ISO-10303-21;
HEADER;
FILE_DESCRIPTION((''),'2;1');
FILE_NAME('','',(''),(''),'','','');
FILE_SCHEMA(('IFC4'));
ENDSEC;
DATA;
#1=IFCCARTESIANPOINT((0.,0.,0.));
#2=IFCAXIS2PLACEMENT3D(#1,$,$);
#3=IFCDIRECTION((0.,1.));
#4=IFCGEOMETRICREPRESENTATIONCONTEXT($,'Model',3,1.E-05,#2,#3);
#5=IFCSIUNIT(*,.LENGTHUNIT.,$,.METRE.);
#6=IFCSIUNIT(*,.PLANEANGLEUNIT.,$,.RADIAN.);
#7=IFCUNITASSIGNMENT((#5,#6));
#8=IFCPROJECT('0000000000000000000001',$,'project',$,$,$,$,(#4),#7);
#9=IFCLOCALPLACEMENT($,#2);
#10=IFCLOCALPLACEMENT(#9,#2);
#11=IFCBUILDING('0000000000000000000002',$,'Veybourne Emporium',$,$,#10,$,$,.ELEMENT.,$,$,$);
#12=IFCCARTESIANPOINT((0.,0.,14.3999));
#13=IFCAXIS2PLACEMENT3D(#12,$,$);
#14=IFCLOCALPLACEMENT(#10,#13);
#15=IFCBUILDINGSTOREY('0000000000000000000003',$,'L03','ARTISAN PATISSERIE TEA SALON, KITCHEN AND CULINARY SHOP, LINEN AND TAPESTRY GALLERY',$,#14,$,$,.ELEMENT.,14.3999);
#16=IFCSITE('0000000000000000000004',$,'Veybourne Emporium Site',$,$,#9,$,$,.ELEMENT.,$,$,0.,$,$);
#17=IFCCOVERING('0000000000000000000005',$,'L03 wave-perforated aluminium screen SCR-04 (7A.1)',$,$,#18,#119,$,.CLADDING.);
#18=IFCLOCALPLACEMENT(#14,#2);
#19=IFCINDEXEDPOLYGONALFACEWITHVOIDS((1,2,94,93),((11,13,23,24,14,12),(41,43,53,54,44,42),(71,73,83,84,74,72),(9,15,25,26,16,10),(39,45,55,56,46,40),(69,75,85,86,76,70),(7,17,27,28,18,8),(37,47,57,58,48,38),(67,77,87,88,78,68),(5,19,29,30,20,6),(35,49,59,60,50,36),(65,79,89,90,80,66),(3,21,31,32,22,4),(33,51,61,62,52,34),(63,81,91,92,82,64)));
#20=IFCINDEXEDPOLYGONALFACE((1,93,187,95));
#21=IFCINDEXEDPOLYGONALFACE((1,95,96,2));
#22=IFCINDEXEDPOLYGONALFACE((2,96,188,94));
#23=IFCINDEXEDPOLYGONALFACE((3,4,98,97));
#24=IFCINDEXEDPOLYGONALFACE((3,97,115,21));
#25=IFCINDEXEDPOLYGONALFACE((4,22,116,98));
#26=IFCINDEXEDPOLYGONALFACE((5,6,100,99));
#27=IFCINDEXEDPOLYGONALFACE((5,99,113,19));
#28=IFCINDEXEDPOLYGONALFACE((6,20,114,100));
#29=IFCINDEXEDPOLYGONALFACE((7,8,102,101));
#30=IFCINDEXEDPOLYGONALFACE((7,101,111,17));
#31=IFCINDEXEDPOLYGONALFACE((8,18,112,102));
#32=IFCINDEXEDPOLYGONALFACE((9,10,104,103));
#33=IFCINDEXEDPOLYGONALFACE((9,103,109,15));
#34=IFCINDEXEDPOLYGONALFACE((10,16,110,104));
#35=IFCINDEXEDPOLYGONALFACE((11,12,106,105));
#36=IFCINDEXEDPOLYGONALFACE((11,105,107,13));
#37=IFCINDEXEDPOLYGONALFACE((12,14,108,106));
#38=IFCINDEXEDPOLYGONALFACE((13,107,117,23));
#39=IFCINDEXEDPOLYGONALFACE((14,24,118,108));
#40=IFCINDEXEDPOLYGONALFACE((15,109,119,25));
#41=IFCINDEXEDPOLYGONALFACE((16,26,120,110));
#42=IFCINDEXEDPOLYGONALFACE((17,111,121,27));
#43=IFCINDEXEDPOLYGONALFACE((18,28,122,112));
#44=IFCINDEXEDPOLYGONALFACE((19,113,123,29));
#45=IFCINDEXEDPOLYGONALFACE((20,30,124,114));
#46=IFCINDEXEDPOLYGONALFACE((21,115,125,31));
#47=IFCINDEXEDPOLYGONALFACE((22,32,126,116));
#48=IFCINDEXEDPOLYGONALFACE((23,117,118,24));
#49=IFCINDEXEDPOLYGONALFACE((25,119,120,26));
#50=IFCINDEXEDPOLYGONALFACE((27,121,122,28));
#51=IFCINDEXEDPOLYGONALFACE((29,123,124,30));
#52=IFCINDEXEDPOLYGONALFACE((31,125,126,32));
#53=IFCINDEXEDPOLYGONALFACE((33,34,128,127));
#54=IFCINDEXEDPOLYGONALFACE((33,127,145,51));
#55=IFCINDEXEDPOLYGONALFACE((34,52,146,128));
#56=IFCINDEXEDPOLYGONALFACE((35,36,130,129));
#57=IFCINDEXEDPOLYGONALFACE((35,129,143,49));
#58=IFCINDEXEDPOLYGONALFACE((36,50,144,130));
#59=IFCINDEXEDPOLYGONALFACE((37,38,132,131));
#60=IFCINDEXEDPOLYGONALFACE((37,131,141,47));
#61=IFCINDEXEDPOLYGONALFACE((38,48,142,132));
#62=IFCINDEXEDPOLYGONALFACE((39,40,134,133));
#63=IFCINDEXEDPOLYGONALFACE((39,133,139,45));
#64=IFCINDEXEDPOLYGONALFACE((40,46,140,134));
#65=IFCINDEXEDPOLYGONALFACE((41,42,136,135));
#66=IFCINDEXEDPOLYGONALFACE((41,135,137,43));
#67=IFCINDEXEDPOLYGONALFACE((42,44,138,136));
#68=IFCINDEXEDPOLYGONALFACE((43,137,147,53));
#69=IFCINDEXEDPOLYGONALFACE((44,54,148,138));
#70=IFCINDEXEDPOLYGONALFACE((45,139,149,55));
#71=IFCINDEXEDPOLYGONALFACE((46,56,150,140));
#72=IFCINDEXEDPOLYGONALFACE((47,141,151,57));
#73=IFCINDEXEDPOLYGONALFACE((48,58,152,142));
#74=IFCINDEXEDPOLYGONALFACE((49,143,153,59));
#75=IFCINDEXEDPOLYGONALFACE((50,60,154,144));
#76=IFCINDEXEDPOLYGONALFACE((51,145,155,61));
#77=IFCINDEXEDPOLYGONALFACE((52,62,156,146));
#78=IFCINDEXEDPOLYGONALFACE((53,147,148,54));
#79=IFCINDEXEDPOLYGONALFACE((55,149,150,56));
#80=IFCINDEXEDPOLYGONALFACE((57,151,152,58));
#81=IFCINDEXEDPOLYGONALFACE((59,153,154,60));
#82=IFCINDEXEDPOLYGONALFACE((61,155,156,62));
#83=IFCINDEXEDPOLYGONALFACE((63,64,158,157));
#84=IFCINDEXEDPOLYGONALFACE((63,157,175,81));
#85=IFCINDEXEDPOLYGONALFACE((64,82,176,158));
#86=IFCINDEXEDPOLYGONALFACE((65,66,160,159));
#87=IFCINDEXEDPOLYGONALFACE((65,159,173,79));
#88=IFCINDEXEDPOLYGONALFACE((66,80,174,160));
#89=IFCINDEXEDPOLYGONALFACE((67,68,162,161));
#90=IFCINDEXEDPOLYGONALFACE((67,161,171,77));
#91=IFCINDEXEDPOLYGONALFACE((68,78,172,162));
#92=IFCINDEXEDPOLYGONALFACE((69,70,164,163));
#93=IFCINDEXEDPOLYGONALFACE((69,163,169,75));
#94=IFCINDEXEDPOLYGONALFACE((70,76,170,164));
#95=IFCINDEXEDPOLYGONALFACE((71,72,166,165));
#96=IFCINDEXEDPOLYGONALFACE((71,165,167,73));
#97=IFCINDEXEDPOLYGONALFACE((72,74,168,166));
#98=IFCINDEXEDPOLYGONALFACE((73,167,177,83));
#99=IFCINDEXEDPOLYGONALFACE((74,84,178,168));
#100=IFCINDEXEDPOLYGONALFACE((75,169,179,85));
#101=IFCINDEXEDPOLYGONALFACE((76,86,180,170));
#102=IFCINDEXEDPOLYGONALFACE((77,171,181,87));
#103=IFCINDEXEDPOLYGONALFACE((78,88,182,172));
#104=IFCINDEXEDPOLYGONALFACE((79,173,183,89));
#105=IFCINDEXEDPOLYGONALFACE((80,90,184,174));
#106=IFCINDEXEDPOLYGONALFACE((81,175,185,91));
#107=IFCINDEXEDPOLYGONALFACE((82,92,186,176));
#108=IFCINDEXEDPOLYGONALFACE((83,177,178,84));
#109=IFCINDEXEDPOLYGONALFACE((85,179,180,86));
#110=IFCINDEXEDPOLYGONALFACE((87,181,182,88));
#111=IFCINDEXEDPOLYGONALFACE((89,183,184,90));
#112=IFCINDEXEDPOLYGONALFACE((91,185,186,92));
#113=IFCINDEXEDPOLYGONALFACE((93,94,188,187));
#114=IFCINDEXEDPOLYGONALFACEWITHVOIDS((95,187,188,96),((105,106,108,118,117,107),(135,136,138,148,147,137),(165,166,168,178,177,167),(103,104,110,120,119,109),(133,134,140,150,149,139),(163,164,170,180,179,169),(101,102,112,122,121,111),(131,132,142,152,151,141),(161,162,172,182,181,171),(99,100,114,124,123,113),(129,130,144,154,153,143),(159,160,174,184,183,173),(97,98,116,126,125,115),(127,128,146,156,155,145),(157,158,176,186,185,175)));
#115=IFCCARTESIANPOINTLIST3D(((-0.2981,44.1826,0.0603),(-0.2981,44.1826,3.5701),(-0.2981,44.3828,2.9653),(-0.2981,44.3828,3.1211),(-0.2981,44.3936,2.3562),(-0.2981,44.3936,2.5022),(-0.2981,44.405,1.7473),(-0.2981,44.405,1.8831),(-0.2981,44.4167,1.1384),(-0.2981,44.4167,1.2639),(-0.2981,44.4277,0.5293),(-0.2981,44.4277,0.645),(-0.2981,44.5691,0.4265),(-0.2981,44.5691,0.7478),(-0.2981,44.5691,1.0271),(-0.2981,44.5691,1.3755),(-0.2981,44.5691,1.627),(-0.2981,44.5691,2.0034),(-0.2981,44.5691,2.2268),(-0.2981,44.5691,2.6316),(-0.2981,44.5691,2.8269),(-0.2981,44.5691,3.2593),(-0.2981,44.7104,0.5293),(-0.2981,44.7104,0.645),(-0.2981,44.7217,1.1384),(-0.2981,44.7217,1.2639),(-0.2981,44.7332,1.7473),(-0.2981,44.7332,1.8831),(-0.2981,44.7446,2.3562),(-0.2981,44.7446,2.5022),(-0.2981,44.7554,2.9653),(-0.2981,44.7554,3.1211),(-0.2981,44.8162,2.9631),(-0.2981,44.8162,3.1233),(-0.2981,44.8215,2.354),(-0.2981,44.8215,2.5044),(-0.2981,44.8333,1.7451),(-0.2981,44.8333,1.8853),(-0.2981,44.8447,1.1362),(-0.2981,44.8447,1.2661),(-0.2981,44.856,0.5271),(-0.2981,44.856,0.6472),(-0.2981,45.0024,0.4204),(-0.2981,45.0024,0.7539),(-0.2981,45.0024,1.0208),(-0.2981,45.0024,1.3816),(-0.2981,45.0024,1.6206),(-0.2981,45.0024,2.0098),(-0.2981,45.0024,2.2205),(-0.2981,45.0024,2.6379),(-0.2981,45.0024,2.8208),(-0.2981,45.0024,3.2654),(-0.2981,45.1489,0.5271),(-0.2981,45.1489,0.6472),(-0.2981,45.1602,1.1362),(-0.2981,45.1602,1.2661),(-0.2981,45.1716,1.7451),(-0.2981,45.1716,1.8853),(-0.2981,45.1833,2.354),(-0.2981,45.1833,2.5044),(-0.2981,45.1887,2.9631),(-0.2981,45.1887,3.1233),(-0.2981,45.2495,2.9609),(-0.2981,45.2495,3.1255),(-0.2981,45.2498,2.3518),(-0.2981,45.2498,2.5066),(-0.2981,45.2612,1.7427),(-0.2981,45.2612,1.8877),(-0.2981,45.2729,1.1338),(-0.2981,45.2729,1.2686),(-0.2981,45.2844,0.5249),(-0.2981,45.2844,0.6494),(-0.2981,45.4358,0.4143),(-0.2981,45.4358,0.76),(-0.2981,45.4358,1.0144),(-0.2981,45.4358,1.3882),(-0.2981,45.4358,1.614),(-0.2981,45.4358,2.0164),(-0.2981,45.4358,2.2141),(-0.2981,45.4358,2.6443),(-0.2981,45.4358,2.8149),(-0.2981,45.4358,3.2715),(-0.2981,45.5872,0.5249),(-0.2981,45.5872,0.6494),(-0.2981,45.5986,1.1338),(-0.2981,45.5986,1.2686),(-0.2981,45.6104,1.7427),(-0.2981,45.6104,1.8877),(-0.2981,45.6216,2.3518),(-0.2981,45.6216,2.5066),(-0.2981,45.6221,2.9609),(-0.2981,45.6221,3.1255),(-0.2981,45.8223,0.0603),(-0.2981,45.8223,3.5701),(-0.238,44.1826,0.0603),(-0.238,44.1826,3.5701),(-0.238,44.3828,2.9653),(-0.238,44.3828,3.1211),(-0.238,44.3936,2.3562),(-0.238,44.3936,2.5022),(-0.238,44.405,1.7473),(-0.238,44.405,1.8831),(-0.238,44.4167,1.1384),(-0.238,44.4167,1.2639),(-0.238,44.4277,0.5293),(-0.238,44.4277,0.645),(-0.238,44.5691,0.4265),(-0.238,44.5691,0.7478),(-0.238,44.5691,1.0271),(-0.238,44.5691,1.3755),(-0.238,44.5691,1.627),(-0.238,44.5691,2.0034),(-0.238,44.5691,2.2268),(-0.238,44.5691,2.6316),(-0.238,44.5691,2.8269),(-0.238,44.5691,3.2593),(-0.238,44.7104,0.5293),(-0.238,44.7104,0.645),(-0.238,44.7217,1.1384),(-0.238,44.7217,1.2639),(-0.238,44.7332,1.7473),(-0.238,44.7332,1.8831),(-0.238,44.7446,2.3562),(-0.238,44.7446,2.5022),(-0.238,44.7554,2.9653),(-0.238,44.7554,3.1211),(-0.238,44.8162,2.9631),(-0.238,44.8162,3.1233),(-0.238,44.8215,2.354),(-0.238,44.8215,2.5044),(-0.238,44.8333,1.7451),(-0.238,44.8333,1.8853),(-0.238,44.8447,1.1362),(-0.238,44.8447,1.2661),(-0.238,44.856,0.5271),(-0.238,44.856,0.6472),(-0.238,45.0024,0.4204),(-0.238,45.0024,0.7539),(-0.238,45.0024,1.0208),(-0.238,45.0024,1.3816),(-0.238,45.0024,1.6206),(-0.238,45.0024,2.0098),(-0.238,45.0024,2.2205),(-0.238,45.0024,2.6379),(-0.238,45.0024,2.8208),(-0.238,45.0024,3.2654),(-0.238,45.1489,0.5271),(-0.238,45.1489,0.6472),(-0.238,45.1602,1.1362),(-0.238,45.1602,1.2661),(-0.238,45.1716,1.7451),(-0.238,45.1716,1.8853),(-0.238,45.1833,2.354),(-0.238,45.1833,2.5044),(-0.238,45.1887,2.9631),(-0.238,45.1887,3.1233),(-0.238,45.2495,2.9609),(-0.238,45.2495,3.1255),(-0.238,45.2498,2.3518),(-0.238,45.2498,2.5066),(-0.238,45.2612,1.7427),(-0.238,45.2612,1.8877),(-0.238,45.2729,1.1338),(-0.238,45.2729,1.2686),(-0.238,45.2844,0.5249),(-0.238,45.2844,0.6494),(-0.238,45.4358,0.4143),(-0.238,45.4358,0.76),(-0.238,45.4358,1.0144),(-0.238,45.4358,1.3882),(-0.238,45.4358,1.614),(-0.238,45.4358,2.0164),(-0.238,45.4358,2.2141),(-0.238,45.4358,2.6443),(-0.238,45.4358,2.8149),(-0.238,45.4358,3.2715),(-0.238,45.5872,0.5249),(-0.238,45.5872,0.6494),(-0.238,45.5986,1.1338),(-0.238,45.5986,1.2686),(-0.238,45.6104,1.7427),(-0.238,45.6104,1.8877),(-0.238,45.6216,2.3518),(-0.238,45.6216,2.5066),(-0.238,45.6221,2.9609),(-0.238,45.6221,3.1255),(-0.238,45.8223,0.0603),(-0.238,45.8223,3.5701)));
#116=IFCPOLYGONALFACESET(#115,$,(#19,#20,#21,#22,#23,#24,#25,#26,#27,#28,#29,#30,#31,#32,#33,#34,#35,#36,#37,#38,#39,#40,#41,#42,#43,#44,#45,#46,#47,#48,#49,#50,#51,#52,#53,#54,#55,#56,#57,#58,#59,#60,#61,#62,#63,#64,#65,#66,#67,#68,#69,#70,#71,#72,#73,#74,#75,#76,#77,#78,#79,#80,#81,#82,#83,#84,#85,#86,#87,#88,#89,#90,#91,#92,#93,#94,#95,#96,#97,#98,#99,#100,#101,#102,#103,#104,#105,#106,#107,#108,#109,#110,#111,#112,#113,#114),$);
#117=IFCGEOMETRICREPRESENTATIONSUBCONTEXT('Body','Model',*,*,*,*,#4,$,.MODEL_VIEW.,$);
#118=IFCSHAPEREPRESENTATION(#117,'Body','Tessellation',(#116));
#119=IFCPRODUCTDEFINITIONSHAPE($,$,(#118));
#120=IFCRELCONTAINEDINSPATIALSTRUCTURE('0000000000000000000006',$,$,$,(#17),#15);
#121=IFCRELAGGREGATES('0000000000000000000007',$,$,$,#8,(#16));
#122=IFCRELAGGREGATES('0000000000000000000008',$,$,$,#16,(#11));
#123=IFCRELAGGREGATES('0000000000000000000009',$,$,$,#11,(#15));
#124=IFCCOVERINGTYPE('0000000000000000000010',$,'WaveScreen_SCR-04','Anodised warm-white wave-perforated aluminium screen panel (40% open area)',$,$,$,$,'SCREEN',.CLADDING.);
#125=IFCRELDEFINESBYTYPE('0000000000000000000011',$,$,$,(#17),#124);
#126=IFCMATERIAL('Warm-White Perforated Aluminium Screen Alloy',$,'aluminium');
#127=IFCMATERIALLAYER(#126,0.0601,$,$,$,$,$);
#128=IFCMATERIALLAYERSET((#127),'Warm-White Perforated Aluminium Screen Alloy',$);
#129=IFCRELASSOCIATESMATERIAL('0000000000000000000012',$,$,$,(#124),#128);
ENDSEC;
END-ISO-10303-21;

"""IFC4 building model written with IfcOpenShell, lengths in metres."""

from ifc_helpers import new_model, si_unit, direction, frame, origin, place, context, subcontext, project, spatial, polyline, outline, extrude, material, layer, layer_set, type_object, element, save


model = new_model("IFC4")

# Units and contexts
model_context = context("Model", 3, precision=1e-05, world=origin(), true_north=direction((0.0, 1.0)))
body_context = subcontext(model_context, "Body", "Model", "MODEL_VIEW")
ifc_project = project(units=[si_unit("LENGTHUNIT", "METRE"), si_unit("PLANEANGLEUNIT", "RADIAN")], contexts=[model_context])

# Site, building, storey
site_placement = place(None, origin())
site = spatial("IfcSite", under=ifc_project, at=site_placement, Name="Veybourne Emporium Site", CompositionType="ELEMENT", RefElevation=0.0)
building_placement = place(site_placement, origin())
building = spatial("IfcBuilding", under=site, at=building_placement, Name="Veybourne Emporium", CompositionType="ELEMENT")
storey_placement = place(building_placement, frame((0.0, 0.0, 14.3999)))
storey = spatial("IfcBuildingStorey", under=building, at=storey_placement, Name="L03", Description="ARTISAN PATISSERIE TEA SALON, KITCHEN AND CULINARY SHOP, LINEN AND TAPESTRY GALLERY", CompositionType="ELEMENT", Elevation=14.3999)

# Covering
ifc_material_1 = material(Name="Warm-White Perforated Aluminium Screen Alloy", Category="aluminium")
ifc_layer_1 = layer(ifc_material_1, 0.0601)
ifc_layer_set_1 = layer_set([ifc_layer_1], Name="Warm-White Perforated Aluminium Screen Alloy")
covering_type = type_object("IfcCoveringType", Name="WaveScreen_SCR-04", Description="Anodised warm-white wave-perforated aluminium screen panel (40% open area)", ElementType="SCREEN", PredefinedType="CLADDING", material=ifc_layer_set_1)
covering_1_placement = place(storey_placement, frame((-0.2981, 45.0024, 1.8152), z_axis=(1.0, 0.0, 0.0), x_axis=(0.0, 1.0, 0.0)))
element("IfcCovering", 1, at=covering_1_placement, inside=storey, type_object=covering_type, Name="L03 wave-perforated aluminium screen SCR-04 (7A.1)", PredefinedType="CLADDING", context=body_context, shape_type="SweptSolid", body=[
    extrude(outline(polyline([(-0.8198, -1.7549), (0.8198, -1.7549), (0.8198, 1.7549), (-0.8198, 1.7549), (-0.8198, -1.7549)]), holes=[polyline([(-0.4333, -1.0674), (-0.292, -1.1702), (-0.292, -1.2859), (-0.4333, -1.3887), (-0.5747, -1.2859), (-0.5747, -1.1702), (-0.4333, -1.0674)]), polyline([(-0.4333, -0.4397), (-0.2808, -0.5513), (-0.2808, -0.6768), (-0.4333, -0.7881), (-0.5857, -0.6768), (-0.5857, -0.5513), (-0.4333, -0.4397)]), polyline([(-0.4333, 0.1882), (-0.2693, 0.0679), (-0.2693, -0.0679), (-0.4333, -0.1882), (-0.5974, -0.0679), (-0.5974, 0.0679), (-0.4333, 0.1882)]), polyline([(-0.4333, 0.8164), (-0.2578, 0.687), (-0.2578, 0.541), (-0.4333, 0.4116), (-0.6089, 0.541), (-0.6089, 0.687), (-0.4333, 0.8164)]), polyline([(-0.4333, 1.4441), (-0.2471, 1.3059), (-0.2471, 1.1501), (-0.4333, 1.0117), (-0.6196, 1.1501), (-0.6196, 1.3059), (-0.4333, 1.4441)]), polyline([(0.0, -1.0613), (0.1465, -1.168), (0.1465, -1.2881), (0.0, -1.3948), (-0.1465, -1.2881), (-0.1465, -1.168), (0.0, -1.0613)]), polyline([(0.0, -0.4336), (0.1577, -0.5491), (0.1577, -0.679), (0.0, -0.7944), (-0.1577, -0.679), (-0.1577, -0.5491), (0.0, -0.4336)]), polyline([(0.0, 0.1946), (0.1692, 0.0701), (0.1692, -0.0701), (0.0, -0.1946), (-0.1692, -0.0701), (-0.1692, 0.0701), (0.0, 0.1946)]), polyline([(0.0, 0.8228), (0.1809, 0.6892), (0.1809, 0.5388), (0.0, 0.4053), (-0.1809, 0.5388), (-0.1809, 0.6892), (0.0, 0.8228)]), polyline([(0.0, 1.4502), (0.1863, 1.3081), (0.1863, 1.1479), (0.0, 1.0056), (-0.1863, 1.1479), (-0.1863, 1.3081), (0.0, 1.4502)]), polyline([(0.4333, -1.0552), (0.5847, -1.1658), (0.5847, -1.2903), (0.4333, -1.4009), (0.282, -1.2903), (0.282, -1.1658), (0.4333, -1.0552)]), polyline([(0.4333, -0.427), (0.5962, -0.5466), (0.5962, -0.6814), (0.4333, -0.8008), (0.2705, -0.6814), (0.2705, -0.5466), (0.4333, -0.427)]), polyline([(0.4333, 0.2012), (0.6079, 0.0725), (0.6079, -0.0725), (0.4333, -0.2012), (0.2588, -0.0725), (0.2588, 0.0725), (0.4333, 0.2012)]), polyline([(0.4333, 0.8291), (0.6191, 0.6914), (0.6191, 0.5366), (0.4333, 0.3989), (0.2473, 0.5366), (0.2473, 0.6914), (0.4333, 0.8291)]), polyline([(0.4333, 1.4563), (0.6196, 1.3103), (0.6196, 1.1458), (0.4333, 0.9998), (0.2471, 1.1458), (0.2471, 1.3103), (0.4333, 1.4563)])]), origin(), (0.0, 0.0, 1.0), 0.0601),
])

save(model, "model.ifc")
